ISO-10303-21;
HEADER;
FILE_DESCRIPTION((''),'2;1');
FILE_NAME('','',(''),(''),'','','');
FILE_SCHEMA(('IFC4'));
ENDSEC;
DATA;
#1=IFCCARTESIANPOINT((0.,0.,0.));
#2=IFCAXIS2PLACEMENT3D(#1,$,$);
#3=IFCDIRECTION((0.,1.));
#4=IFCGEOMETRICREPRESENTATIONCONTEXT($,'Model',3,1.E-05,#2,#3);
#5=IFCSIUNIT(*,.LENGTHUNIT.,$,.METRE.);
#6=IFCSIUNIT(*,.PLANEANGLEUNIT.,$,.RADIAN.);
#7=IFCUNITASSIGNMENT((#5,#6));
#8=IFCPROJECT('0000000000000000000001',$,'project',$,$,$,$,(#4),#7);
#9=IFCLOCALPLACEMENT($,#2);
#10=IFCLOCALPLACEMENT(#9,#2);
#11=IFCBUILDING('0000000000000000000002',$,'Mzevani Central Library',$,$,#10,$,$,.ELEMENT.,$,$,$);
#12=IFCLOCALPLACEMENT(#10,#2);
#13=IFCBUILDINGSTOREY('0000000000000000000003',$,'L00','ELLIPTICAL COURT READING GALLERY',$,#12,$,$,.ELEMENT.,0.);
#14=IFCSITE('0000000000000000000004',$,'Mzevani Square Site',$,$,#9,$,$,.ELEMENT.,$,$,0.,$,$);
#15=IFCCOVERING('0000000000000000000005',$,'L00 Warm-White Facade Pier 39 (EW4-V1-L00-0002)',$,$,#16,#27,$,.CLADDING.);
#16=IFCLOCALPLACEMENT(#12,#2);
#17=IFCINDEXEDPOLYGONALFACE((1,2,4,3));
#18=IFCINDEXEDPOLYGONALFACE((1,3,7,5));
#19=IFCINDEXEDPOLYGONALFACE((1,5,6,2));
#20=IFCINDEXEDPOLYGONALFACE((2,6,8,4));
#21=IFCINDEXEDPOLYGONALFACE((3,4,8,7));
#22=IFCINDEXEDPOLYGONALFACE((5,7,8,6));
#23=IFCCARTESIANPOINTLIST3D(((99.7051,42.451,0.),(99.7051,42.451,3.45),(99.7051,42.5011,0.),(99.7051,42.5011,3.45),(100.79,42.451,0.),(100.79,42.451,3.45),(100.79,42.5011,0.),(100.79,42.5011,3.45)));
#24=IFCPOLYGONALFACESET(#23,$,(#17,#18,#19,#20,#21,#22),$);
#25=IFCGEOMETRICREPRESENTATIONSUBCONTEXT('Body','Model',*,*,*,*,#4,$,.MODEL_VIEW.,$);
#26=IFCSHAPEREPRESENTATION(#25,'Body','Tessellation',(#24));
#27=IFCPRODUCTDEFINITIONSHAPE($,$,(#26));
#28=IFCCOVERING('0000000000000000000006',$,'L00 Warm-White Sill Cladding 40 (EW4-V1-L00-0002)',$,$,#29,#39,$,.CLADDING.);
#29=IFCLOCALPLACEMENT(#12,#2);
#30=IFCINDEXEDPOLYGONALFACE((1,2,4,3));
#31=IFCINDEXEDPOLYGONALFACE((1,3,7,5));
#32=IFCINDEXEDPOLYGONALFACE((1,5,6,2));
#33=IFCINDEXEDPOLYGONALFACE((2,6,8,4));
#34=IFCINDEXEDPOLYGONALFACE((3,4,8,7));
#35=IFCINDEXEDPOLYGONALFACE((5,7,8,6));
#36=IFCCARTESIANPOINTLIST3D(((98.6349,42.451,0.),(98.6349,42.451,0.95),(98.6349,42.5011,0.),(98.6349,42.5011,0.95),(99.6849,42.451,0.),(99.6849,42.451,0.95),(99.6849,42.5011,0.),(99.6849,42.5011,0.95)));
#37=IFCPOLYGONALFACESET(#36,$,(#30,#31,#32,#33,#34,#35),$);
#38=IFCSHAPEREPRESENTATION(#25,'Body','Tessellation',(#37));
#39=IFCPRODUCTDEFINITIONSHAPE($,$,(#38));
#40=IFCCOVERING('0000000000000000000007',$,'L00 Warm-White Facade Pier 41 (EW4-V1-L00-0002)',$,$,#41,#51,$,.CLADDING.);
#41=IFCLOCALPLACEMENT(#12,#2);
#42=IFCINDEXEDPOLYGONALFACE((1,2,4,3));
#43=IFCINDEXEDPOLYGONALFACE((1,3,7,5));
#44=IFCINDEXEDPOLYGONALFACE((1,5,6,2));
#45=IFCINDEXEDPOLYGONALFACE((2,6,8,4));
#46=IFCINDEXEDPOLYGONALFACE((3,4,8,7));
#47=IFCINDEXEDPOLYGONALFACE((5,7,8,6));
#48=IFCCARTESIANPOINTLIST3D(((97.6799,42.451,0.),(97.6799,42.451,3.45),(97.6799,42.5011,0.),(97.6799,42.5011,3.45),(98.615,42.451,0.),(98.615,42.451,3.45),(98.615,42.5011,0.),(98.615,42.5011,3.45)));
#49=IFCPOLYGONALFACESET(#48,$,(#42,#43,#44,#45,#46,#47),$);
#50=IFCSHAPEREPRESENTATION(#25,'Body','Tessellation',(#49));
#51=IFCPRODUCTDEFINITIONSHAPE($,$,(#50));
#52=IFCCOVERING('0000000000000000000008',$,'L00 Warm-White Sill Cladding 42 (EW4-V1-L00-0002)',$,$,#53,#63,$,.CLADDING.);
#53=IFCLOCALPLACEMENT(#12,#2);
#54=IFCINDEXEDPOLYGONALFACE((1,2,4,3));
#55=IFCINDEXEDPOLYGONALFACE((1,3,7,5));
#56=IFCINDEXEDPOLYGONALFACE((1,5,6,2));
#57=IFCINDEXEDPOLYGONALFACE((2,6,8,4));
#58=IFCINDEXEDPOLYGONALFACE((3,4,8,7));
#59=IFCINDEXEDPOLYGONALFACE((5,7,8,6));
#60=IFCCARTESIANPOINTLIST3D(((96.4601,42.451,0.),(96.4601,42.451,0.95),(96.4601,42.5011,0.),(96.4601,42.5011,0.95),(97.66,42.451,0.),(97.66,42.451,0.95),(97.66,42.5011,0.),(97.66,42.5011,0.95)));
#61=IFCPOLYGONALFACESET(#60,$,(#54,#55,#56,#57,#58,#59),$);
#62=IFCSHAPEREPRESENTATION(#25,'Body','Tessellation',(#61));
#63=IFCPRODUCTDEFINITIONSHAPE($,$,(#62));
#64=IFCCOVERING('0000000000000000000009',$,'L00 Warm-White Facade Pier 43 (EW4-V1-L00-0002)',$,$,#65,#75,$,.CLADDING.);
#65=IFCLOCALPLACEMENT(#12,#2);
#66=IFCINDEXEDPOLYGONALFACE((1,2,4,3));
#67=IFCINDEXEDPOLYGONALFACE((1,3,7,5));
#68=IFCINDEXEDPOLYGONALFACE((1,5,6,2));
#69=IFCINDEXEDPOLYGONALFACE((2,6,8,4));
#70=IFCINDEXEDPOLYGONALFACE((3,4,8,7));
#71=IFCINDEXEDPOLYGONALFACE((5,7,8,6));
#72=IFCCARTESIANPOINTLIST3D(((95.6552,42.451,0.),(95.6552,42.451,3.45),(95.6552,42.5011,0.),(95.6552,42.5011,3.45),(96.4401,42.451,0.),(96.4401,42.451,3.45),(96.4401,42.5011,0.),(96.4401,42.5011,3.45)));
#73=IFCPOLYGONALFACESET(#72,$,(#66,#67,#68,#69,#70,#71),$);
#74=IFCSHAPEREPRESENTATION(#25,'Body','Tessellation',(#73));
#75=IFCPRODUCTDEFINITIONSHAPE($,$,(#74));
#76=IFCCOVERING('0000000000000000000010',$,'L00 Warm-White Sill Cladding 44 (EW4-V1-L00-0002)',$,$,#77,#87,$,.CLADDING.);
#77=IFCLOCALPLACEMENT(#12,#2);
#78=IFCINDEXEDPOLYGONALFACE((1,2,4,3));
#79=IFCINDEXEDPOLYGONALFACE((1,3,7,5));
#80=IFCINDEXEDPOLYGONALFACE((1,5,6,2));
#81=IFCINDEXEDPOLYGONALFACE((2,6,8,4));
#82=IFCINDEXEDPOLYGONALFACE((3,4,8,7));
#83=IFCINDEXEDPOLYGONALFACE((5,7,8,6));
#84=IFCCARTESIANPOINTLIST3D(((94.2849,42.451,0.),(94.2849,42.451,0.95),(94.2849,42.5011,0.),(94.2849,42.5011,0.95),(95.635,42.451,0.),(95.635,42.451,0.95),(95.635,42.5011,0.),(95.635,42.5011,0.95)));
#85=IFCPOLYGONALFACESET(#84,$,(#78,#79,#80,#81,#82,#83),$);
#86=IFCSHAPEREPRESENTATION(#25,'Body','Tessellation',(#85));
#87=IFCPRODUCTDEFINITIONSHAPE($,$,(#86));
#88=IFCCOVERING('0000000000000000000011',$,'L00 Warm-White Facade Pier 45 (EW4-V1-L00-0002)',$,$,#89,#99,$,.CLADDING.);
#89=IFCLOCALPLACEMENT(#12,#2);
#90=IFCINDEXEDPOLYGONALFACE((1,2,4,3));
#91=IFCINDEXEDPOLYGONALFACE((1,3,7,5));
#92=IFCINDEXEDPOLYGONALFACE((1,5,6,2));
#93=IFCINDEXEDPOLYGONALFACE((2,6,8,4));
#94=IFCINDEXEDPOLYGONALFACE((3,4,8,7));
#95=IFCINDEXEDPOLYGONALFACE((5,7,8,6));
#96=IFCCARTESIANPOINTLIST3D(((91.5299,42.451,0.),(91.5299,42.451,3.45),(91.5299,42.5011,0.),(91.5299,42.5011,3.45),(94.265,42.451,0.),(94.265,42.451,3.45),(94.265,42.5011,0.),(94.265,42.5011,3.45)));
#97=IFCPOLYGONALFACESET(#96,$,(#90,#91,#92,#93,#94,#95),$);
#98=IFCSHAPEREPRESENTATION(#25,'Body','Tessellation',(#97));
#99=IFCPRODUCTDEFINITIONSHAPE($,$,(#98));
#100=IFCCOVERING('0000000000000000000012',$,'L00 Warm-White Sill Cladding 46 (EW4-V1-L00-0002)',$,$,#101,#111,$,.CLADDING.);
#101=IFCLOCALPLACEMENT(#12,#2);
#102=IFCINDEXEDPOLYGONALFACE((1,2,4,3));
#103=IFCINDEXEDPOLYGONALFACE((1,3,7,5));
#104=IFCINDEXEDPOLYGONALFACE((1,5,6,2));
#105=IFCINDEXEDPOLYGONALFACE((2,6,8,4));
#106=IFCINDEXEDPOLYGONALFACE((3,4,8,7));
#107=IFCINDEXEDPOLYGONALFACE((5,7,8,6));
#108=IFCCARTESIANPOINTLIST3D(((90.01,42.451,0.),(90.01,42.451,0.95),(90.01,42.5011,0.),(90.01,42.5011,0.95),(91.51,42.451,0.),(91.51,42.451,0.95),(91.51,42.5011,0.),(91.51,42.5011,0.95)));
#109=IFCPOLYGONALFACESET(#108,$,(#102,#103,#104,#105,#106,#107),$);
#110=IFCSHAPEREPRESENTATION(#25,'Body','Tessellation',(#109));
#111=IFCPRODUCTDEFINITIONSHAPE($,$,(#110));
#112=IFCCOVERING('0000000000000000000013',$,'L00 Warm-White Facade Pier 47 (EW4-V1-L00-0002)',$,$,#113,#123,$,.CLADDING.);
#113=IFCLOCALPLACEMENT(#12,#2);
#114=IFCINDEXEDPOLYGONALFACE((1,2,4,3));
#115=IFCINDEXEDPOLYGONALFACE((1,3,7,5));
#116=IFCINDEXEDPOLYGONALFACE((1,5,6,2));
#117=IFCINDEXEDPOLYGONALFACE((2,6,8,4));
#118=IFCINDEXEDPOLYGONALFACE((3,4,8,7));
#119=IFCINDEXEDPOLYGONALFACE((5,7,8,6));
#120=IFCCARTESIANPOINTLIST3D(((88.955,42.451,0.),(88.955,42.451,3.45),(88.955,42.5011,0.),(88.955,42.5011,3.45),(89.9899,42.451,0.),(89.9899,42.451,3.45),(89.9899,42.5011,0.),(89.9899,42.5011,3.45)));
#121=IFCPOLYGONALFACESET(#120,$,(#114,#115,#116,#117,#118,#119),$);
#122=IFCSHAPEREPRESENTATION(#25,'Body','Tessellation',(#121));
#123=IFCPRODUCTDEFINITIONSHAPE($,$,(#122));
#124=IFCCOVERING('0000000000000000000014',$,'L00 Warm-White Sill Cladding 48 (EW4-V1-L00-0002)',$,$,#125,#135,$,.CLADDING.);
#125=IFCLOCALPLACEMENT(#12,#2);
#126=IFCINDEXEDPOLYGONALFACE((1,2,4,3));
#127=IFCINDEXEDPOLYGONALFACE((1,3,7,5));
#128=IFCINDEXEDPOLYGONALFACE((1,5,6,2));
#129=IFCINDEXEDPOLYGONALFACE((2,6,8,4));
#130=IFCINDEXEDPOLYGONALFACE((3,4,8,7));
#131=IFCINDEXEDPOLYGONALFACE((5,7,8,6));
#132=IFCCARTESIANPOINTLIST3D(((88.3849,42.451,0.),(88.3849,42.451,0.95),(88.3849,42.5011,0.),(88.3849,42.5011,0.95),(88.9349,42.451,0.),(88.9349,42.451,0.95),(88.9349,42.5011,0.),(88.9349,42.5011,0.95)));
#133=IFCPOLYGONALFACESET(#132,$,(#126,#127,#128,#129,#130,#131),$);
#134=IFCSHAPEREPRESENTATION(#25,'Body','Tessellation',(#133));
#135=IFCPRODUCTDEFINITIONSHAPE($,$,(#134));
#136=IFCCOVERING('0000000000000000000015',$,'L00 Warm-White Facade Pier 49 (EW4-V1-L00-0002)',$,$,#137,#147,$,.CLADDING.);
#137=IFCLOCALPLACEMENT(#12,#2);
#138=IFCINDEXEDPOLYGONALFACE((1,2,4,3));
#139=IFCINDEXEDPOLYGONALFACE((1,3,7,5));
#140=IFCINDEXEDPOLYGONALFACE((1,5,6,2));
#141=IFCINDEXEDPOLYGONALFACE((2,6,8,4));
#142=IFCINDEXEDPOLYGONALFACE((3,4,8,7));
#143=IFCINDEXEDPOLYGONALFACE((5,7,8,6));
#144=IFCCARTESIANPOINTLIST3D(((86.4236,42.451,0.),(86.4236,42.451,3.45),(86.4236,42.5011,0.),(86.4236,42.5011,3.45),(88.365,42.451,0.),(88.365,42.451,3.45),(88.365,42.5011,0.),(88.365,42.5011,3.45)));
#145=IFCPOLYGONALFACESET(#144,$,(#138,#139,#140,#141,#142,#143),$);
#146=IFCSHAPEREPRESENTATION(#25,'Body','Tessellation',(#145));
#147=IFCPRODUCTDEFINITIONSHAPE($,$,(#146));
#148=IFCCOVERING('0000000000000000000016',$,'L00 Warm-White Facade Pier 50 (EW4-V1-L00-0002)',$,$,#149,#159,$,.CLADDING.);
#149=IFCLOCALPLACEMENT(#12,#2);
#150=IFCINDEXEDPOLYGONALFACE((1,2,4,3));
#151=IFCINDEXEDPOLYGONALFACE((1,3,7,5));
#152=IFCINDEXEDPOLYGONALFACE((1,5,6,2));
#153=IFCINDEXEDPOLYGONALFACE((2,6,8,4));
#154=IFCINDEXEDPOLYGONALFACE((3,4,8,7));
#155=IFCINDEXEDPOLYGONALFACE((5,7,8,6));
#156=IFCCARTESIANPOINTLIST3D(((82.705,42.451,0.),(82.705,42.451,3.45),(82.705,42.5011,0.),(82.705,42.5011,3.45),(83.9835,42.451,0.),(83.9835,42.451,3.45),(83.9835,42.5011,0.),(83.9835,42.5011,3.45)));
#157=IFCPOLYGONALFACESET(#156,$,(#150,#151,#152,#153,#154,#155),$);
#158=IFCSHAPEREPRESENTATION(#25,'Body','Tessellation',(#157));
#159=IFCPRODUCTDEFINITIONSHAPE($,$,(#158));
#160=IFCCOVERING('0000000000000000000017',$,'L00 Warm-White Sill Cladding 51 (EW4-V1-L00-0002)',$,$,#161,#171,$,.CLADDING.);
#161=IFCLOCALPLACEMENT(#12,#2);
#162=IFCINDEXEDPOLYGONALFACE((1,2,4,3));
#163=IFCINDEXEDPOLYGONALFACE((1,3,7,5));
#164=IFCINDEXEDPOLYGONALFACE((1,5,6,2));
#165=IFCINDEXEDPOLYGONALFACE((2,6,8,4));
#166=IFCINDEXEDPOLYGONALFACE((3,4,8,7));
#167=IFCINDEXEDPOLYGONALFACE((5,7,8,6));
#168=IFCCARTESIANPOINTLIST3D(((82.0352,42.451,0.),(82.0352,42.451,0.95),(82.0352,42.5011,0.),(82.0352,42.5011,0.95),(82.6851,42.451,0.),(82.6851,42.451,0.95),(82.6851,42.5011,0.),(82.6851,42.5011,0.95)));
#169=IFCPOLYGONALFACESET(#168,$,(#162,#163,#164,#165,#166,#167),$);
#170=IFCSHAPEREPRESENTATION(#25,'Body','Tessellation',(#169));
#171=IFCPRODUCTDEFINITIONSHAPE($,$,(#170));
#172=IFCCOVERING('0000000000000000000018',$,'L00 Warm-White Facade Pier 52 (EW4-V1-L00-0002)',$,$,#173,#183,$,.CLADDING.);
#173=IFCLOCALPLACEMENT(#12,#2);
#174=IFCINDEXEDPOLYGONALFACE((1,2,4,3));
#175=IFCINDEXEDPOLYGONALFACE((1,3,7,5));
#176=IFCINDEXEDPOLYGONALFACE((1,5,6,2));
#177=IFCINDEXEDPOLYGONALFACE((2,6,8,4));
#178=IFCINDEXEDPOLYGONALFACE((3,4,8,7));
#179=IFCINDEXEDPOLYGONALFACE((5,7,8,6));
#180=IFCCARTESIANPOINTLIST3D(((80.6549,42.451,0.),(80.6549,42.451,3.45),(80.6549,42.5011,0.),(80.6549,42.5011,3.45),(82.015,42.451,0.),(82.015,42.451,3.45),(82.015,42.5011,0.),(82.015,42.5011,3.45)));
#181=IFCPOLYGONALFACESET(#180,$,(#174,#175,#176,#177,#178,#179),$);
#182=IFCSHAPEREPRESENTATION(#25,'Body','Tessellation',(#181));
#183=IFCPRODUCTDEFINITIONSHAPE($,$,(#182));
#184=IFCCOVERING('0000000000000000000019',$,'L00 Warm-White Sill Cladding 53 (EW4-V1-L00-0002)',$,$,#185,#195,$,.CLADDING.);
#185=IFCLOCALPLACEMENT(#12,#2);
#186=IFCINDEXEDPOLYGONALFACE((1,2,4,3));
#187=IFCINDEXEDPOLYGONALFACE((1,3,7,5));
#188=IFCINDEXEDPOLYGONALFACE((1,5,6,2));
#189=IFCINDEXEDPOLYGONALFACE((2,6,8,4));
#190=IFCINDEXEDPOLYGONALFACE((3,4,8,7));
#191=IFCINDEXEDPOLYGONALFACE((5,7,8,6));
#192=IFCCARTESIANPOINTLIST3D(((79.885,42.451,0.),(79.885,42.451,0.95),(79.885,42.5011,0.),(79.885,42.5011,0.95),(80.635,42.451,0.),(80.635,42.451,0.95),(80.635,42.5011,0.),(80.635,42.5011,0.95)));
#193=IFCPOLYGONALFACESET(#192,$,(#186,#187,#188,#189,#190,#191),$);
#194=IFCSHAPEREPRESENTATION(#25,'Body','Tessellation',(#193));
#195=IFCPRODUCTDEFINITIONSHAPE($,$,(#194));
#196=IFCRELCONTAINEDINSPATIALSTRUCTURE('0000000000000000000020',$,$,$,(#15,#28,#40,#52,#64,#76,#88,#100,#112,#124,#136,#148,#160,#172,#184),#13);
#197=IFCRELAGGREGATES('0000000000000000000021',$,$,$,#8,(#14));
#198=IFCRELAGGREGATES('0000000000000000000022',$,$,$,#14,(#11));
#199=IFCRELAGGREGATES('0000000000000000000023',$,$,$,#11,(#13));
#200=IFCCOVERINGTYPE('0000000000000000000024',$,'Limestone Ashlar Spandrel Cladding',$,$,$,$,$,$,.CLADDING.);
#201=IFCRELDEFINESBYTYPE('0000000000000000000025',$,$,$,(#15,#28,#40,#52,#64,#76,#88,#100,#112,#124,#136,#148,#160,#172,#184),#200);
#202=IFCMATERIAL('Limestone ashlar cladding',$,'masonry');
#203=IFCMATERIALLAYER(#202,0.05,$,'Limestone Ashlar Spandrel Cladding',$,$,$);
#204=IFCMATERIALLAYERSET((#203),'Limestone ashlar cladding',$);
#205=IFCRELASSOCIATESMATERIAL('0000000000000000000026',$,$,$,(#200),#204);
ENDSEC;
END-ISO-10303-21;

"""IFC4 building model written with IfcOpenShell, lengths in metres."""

from ifc_helpers import new_model, si_unit, direction, frame, origin, origin_2d, place, context, subcontext, project, spatial, rectangle, extrude, material, layer, layer_set, type_object, element, save


model = new_model("IFC4")

# Units and contexts
model_context = context("Model", 3, precision=1e-05, world=origin(), true_north=direction((0.0, 1.0)))
body_context = subcontext(model_context, "Body", "Model", "MODEL_VIEW")
ifc_project = project(units=[si_unit("LENGTHUNIT", "METRE"), si_unit("PLANEANGLEUNIT", "RADIAN")], contexts=[model_context])

# Site, building, storey
site_placement = place(None, origin())
site = spatial("IfcSite", under=ifc_project, at=site_placement, Name="Mzevani Square Site", CompositionType="ELEMENT", RefElevation=0.0)
building_placement = place(site_placement, origin())
building = spatial("IfcBuilding", under=site, at=building_placement, Name="Mzevani Central Library", CompositionType="ELEMENT")
storey_placement = place(building_placement, origin())
storey = spatial("IfcBuildingStorey", under=building, at=storey_placement, Name="L00", Description="ELLIPTICAL COURT READING GALLERY", CompositionType="ELEMENT", Elevation=0.0)

# Coverings
ifc_material_1 = material(Name="Limestone ashlar cladding", Category="masonry")
ifc_layer_1 = layer(ifc_material_1, 0.05, Name="Limestone Ashlar Spandrel Cladding")
ifc_layer_set_1 = layer_set([ifc_layer_1], Name="Limestone ashlar cladding")
covering_type = type_object("IfcCoveringType", Name="Limestone Ashlar Spandrel Cladding", PredefinedType="CLADDING", material=ifc_layer_set_1)
covering_1_placement = place(storey_placement, frame((100.2476, 42.4761, 0.0), z_axis=(0.0, 0.0, 1.0), x_axis=(-1.0, 0.0, 0.0)))
element("IfcCovering", 1, at=covering_1_placement, inside=storey, type_object=covering_type, Name="L00 Warm-White Facade Pier 39 (EW4-V1-L00-0002)", PredefinedType="CLADDING", context=body_context, shape_type="SweptSolid", body=[
    extrude(rectangle(XDim=1.085, YDim=0.05, at=origin_2d()), origin(), (0.0, 0.0, 1.0), 3.45),
])
covering_2_placement = place(storey_placement, frame((99.1599, 42.4761, 0.0), z_axis=(0.0, 0.0, 1.0), x_axis=(-1.0, 0.0, 0.0)))
element("IfcCovering", 2, at=covering_2_placement, inside=storey, type_object=covering_type, Name="L00 Warm-White Sill Cladding 40 (EW4-V1-L00-0002)", PredefinedType="CLADDING", context=body_context, shape_type="SweptSolid", body=[
    extrude(rectangle(XDim=1.05, YDim=0.05, at=origin_2d()), origin(), (0.0, 0.0, 1.0), 0.95),
])
covering_3_placement = place(storey_placement, frame((98.1475, 42.4761, 0.0), z_axis=(0.0, 0.0, 1.0), x_axis=(-1.0, 0.0, 0.0)))
element("IfcCovering", 3, at=covering_3_placement, inside=storey, type_object=covering_type, Name="L00 Warm-White Facade Pier 41 (EW4-V1-L00-0002)", PredefinedType="CLADDING", context=body_context, shape_type="SweptSolid", body=[
    extrude(rectangle(XDim=0.9351, YDim=0.05, at=origin_2d()), origin(), (0.0, 0.0, 1.0), 3.45),
])
covering_4_placement = place(storey_placement, frame((97.0601, 42.4761, 0.0), z_axis=(0.0, 0.0, 1.0), x_axis=(-1.0, 0.0, 0.0)))
element("IfcCovering", 4, at=covering_4_placement, inside=storey, type_object=covering_type, Name="L00 Warm-White Sill Cladding 42 (EW4-V1-L00-0002)", PredefinedType="CLADDING", context=body_context, shape_type="SweptSolid", body=[
    extrude(rectangle(XDim=1.2, YDim=0.05, at=origin_2d()), origin(), (0.0, 0.0, 1.0), 0.95),
])
covering_5_placement = place(storey_placement, frame((96.0476, 42.4761, 0.0), z_axis=(0.0, 0.0, 1.0), x_axis=(-1.0, 0.0, 0.0)))
element("IfcCovering", 5, at=covering_5_placement, inside=storey, type_object=covering_type, Name="L00 Warm-White Facade Pier 43 (EW4-V1-L00-0002)", PredefinedType="CLADDING", context=body_context, shape_type="SweptSolid", body=[
    extrude(rectangle(XDim=0.7849, YDim=0.05, at=origin_2d()), origin(), (0.0, 0.0, 1.0), 3.45),
])
covering_6_placement = place(storey_placement, frame((94.96, 42.4761, 0.0), z_axis=(0.0, 0.0, 1.0), x_axis=(-1.0, 0.0, 0.0)))
element("IfcCovering", 6, at=covering_6_placement, inside=storey, type_object=covering_type, Name="L00 Warm-White Sill Cladding 44 (EW4-V1-L00-0002)", PredefinedType="CLADDING", context=body_context, shape_type="SweptSolid", body=[
    extrude(rectangle(XDim=1.3501, YDim=0.05, at=origin_2d()), origin(), (0.0, 0.0, 1.0), 0.95),
])
covering_7_placement = place(storey_placement, frame((92.8975, 42.4761, 0.0), z_axis=(0.0, 0.0, 1.0), x_axis=(-1.0, 0.0, 0.0)))
element("IfcCovering", 7, at=covering_7_placement, inside=storey, type_object=covering_type, Name="L00 Warm-White Facade Pier 45 (EW4-V1-L00-0002)", PredefinedType="CLADDING", context=body_context, shape_type="SweptSolid", body=[
    extrude(rectangle(XDim=2.7351, YDim=0.05, at=origin_2d()), origin(), (0.0, 0.0, 1.0), 3.45),
])
covering_8_placement = place(storey_placement, frame((90.76, 42.4761, 0.0), z_axis=(0.0, 0.0, 1.0), x_axis=(-1.0, 0.0, 0.0)))
element("IfcCovering", 8, at=covering_8_placement, inside=storey, type_object=covering_type, Name="L00 Warm-White Sill Cladding 46 (EW4-V1-L00-0002)", PredefinedType="CLADDING", context=body_context, shape_type="SweptSolid", body=[
    extrude(rectangle(XDim=1.5, YDim=0.05, at=origin_2d()), origin(), (0.0, 0.0, 1.0), 0.95),
])
covering_9_placement = place(storey_placement, frame((89.4724, 42.4761, 0.0), z_axis=(0.0, 0.0, 1.0), x_axis=(-1.0, 0.0, 0.0)))
element("IfcCovering", 9, at=covering_9_placement, inside=storey, type_object=covering_type, Name="L00 Warm-White Facade Pier 47 (EW4-V1-L00-0002)", PredefinedType="CLADDING", context=body_context, shape_type="SweptSolid", body=[
    extrude(rectangle(XDim=1.0349, YDim=0.05, at=origin_2d()), origin(), (0.0, 0.0, 1.0), 3.45),
])
covering_10_placement = place(storey_placement, frame((88.6599, 42.4761, 0.0), z_axis=(0.0, 0.0, 1.0), x_axis=(-1.0, 0.0, 0.0)))
element("IfcCovering", 10, at=covering_10_placement, inside=storey, type_object=covering_type, Name="L00 Warm-White Sill Cladding 48 (EW4-V1-L00-0002)", PredefinedType="CLADDING", context=body_context, shape_type="SweptSolid", body=[
    extrude(rectangle(XDim=0.55, YDim=0.05, at=origin_2d()), origin(), (0.0, 0.0, 1.0), 0.95),
])
covering_11_placement = place(storey_placement, frame((87.3943, 42.4761, 0.0), z_axis=(0.0, 0.0, 1.0), x_axis=(-1.0, 0.0, 0.0)))
element("IfcCovering", 11, at=covering_11_placement, inside=storey, type_object=covering_type, Name="L00 Warm-White Facade Pier 49 (EW4-V1-L00-0002)", PredefinedType="CLADDING", context=body_context, shape_type="SweptSolid", body=[
    extrude(rectangle(XDim=1.9414, YDim=0.05, at=origin_2d()), origin(), (0.0, 0.0, 1.0), 3.45),
])
covering_12_placement = place(storey_placement, frame((83.3442, 42.4761, 0.0), z_axis=(0.0, 0.0, 1.0), x_axis=(-1.0, 0.0, 0.0)))
element("IfcCovering", 12, at=covering_12_placement, inside=storey, type_object=covering_type, Name="L00 Warm-White Facade Pier 50 (EW4-V1-L00-0002)", PredefinedType="CLADDING", context=body_context, shape_type="SweptSolid", body=[
    extrude(rectangle(XDim=1.2786, YDim=0.05, at=origin_2d()), origin(), (0.0, 0.0, 1.0), 3.45),
])
covering_13_placement = place(storey_placement, frame((82.3601, 42.4761, 0.0), z_axis=(0.0, 0.0, 1.0), x_axis=(-1.0, 0.0, 0.0)))
element("IfcCovering", 13, at=covering_13_placement, inside=storey, type_object=covering_type, Name="L00 Warm-White Sill Cladding 51 (EW4-V1-L00-0002)", PredefinedType="CLADDING", context=body_context, shape_type="SweptSolid", body=[
    extrude(rectangle(XDim=0.6499, YDim=0.05, at=origin_2d()), origin(), (0.0, 0.0, 1.0), 0.95),
])
covering_14_placement = place(storey_placement, frame((81.335, 42.4761, 0.0), z_axis=(0.0, 0.0, 1.0), x_axis=(-1.0, 0.0, 0.0)))
element("IfcCovering", 14, at=covering_14_placement, inside=storey, type_object=covering_type, Name="L00 Warm-White Facade Pier 52 (EW4-V1-L00-0002)", PredefinedType="CLADDING", context=body_context, shape_type="SweptSolid", body=[
    extrude(rectangle(XDim=1.3601, YDim=0.05, at=origin_2d()), origin(), (0.0, 0.0, 1.0), 3.45),
])
covering_15_placement = place(storey_placement, frame((80.26, 42.4761, 0.0), z_axis=(0.0, 0.0, 1.0), x_axis=(-1.0, 0.0, 0.0)))
element("IfcCovering", 15, at=covering_15_placement, inside=storey, type_object=covering_type, Name="L00 Warm-White Sill Cladding 53 (EW4-V1-L00-0002)", PredefinedType="CLADDING", context=body_context, shape_type="SweptSolid", body=[
    extrude(rectangle(XDim=0.75, YDim=0.05, at=origin_2d()), origin(), (0.0, 0.0, 1.0), 0.95),
])

save(model, "model.ifc")
